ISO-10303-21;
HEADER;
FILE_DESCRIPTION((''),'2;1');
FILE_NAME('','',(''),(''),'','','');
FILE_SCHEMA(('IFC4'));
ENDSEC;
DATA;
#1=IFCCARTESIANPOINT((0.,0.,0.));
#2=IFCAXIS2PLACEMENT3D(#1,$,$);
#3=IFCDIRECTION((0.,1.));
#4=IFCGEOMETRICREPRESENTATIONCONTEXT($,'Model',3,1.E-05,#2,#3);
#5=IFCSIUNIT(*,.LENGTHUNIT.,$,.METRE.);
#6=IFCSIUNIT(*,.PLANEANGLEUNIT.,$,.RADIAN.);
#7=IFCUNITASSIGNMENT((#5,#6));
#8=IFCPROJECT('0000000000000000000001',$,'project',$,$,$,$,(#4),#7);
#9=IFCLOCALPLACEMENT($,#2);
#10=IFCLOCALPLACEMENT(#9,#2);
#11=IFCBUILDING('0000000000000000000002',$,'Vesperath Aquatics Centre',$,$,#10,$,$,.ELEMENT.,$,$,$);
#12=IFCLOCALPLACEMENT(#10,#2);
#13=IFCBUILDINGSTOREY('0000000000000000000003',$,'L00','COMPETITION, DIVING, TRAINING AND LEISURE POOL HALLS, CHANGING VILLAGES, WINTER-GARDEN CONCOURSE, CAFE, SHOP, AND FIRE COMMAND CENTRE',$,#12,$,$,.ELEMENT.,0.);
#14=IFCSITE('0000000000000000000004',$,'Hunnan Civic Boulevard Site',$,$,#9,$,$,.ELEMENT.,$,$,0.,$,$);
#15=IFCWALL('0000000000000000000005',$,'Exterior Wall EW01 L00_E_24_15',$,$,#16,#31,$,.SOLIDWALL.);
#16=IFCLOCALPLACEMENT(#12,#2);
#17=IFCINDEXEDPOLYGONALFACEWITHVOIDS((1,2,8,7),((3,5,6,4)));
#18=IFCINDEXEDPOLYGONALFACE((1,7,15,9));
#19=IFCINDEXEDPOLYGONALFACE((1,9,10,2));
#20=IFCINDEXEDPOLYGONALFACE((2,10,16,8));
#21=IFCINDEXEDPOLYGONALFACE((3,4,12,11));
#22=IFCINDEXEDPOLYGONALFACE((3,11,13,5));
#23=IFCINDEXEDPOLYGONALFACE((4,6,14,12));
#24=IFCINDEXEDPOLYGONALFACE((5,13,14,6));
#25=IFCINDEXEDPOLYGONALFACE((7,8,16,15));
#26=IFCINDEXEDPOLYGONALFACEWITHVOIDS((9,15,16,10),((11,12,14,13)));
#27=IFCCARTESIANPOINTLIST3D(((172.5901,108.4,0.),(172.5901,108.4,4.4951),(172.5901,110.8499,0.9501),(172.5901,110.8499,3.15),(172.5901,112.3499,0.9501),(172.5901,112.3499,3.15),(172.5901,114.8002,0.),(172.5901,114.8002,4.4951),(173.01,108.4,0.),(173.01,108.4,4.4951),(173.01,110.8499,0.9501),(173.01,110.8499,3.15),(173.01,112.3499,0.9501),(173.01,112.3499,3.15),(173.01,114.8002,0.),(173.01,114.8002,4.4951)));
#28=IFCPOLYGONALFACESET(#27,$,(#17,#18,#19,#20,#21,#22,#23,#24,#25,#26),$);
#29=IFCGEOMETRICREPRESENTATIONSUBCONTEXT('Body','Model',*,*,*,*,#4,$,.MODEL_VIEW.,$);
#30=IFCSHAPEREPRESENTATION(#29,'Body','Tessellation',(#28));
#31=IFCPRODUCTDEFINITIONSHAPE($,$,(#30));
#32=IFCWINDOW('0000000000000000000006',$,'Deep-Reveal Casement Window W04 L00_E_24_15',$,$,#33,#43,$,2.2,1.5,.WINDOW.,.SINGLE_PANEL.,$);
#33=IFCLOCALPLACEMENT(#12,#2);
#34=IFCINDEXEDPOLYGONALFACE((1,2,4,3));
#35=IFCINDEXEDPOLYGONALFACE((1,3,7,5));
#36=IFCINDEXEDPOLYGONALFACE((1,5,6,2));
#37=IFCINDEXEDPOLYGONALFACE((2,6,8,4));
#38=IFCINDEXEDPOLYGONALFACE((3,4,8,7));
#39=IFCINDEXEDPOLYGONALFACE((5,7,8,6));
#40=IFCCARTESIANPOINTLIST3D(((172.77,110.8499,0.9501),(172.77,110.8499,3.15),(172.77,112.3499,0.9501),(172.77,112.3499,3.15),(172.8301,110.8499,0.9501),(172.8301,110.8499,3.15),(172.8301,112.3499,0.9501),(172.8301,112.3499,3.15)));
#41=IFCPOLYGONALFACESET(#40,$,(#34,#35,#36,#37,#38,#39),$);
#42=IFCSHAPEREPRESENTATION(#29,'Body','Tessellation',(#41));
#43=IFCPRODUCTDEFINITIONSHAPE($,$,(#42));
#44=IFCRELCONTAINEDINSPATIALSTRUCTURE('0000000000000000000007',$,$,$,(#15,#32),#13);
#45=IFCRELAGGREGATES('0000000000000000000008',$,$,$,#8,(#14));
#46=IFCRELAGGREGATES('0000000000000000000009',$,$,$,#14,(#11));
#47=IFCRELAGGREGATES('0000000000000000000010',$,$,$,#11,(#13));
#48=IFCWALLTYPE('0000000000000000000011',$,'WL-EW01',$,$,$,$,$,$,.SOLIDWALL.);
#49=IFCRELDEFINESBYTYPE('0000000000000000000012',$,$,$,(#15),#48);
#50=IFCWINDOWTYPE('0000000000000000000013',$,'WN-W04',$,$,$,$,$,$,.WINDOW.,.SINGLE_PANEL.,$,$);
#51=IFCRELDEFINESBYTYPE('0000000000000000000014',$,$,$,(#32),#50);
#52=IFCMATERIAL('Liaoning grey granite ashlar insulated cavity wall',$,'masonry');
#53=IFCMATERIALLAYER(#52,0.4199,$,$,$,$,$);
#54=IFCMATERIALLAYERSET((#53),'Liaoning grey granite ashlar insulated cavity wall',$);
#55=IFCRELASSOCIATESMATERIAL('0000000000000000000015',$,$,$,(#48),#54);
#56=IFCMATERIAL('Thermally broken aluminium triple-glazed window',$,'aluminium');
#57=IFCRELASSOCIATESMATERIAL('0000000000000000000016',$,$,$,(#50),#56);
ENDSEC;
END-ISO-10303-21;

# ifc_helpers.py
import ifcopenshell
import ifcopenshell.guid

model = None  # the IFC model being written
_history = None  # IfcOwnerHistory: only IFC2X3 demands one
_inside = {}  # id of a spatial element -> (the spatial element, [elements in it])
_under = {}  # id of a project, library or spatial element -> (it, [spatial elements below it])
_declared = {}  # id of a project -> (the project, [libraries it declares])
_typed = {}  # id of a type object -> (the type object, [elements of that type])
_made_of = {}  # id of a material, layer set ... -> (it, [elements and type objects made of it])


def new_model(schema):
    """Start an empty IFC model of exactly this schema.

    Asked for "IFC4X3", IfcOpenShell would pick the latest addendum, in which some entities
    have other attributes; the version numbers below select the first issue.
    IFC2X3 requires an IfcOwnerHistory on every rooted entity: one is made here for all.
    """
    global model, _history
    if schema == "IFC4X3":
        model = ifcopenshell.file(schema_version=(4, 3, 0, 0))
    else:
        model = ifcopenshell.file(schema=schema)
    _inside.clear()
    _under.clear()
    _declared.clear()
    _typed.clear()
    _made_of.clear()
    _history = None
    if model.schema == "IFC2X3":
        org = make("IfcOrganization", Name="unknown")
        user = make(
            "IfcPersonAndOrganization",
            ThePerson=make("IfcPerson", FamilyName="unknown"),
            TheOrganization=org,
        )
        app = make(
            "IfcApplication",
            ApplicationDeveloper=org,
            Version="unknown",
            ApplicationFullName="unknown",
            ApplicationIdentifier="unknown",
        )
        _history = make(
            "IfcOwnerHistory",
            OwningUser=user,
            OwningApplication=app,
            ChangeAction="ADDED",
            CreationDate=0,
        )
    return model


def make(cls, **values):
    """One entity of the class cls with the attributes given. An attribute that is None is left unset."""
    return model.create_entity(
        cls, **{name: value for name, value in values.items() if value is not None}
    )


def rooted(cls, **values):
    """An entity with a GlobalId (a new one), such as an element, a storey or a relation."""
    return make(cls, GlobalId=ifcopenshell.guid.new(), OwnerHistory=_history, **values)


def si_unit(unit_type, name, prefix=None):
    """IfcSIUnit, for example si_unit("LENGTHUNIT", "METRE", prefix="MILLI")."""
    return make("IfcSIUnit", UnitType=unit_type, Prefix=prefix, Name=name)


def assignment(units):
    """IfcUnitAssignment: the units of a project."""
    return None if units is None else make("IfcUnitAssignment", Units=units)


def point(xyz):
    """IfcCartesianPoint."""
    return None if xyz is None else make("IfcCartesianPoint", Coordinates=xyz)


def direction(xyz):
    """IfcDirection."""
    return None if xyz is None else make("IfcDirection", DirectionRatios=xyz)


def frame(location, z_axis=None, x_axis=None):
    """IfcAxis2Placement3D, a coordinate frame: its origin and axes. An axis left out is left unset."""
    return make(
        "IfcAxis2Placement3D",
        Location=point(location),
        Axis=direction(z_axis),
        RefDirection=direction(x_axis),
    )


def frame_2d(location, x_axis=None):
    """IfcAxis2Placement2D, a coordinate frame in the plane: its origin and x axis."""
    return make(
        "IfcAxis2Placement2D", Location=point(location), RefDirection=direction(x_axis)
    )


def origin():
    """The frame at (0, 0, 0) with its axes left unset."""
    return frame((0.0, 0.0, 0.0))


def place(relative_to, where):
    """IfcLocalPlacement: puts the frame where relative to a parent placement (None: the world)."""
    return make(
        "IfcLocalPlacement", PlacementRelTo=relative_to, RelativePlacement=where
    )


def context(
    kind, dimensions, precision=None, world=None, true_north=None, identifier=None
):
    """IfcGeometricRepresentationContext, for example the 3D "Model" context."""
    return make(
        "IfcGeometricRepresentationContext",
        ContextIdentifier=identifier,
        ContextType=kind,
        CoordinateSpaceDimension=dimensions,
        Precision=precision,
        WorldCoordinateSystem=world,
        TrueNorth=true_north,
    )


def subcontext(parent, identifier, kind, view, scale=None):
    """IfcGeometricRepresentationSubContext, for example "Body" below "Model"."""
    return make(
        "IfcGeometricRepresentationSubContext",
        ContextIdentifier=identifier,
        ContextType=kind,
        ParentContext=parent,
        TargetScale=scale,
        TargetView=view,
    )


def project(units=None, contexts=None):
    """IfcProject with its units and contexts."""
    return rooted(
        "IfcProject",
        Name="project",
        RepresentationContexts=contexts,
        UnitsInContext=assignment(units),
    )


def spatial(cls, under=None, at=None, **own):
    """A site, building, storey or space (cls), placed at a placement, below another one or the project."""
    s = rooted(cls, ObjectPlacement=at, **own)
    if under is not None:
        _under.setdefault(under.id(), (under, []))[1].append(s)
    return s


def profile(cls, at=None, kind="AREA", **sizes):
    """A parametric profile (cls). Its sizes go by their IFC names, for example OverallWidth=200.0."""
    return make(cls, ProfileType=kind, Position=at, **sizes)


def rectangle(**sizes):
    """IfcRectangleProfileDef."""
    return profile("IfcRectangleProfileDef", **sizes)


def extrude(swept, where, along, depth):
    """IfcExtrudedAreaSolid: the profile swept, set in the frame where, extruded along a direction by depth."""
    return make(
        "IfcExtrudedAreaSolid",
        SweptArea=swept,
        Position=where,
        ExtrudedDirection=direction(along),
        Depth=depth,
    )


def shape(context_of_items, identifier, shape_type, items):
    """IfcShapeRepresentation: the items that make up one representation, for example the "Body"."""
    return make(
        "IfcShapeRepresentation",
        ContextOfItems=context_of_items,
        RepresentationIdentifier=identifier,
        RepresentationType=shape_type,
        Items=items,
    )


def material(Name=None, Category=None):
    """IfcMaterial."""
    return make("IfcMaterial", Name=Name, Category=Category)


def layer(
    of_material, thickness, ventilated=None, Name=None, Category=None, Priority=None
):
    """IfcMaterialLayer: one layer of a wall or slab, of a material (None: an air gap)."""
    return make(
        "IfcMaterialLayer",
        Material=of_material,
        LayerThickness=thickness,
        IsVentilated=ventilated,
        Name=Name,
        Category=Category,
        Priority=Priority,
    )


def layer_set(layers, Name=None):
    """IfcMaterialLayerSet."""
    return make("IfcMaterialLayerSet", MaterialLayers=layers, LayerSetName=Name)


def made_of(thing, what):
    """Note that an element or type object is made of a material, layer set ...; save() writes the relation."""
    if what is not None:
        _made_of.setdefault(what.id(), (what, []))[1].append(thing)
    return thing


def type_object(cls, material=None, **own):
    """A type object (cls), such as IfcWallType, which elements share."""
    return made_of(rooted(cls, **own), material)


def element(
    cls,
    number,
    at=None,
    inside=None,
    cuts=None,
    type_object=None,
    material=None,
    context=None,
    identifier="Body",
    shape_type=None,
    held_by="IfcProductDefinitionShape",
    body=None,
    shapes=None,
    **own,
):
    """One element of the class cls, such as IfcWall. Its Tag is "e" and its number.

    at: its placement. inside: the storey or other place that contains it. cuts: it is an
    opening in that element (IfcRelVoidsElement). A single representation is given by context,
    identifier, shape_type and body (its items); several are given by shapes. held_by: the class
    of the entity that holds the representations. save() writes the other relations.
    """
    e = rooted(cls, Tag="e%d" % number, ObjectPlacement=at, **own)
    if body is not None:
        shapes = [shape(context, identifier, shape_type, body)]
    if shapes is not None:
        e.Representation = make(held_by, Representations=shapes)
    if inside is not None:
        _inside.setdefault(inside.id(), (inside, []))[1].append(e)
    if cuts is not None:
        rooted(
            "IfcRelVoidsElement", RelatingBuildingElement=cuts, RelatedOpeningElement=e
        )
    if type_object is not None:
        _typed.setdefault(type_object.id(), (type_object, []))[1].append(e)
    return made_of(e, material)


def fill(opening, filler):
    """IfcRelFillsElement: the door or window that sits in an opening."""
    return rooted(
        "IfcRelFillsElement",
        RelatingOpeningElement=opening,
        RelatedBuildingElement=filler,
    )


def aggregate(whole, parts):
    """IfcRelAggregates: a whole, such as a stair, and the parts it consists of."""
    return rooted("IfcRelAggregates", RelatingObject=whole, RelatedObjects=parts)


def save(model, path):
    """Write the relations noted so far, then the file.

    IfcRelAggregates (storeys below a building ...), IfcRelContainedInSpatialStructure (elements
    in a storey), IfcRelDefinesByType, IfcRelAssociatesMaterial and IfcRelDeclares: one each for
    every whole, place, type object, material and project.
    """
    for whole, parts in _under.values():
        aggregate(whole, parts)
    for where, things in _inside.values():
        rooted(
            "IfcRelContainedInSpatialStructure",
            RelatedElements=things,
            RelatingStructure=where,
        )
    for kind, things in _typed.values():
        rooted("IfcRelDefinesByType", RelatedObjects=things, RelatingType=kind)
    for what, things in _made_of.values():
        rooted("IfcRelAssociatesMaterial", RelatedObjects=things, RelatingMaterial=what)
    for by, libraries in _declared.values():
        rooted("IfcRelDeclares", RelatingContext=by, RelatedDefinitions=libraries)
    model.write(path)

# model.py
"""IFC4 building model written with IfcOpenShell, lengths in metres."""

from ifc_helpers import new_model, si_unit, direction, frame, frame_2d, origin, place, context, subcontext, project, spatial, rectangle, extrude, material, layer, layer_set, type_object, element, fill, save


model = new_model("IFC4")

# Units and contexts
model_context = context("Model", 3, precision=1e-05, world=origin(), true_north=direction((0.0, 1.0)))
body_context = subcontext(model_context, "Body", "Model", "MODEL_VIEW")
ifc_project = project(units=[si_unit("LENGTHUNIT", "METRE"), si_unit("PLANEANGLEUNIT", "RADIAN")], contexts=[model_context])

# Site, building, storey
site_placement = place(None, origin())
site = spatial("IfcSite", under=ifc_project, at=site_placement, Name="Hunnan Civic Boulevard Site", CompositionType="ELEMENT", RefElevation=0.0)
building_placement = place(site_placement, origin())
building = spatial("IfcBuilding", under=site, at=building_placement, Name="Vesperath Aquatics Centre", CompositionType="ELEMENT")
storey_placement = place(building_placement, origin())
storey = spatial("IfcBuildingStorey", under=building, at=storey_placement, Name="L00", Description="COMPETITION, DIVING, TRAINING AND LEISURE POOL HALLS, CHANGING VILLAGES, WINTER-GARDEN CONCOURSE, CAFE, SHOP, AND FIRE COMMAND CENTRE", CompositionType="ELEMENT", Elevation=0.0)

# Wall, opening, window
ifc_material_1 = material(Name="Liaoning grey granite ashlar insulated cavity wall", Category="masonry")
ifc_layer = layer(ifc_material_1, 0.4199)
ifc_layer_set = layer_set([ifc_layer], Name="Liaoning grey granite ashlar insulated cavity wall")
wall_type = type_object("IfcWallType", Name="WL-EW01", PredefinedType="SOLIDWALL", material=ifc_layer_set)
ifc_material_2 = material(Name="Thermally broken aluminium triple-glazed window", Category="aluminium")
wall_1_placement = place(storey_placement, frame((172.8, 108.3999, 0.0), z_axis=(0.0, 0.0, 1.0), x_axis=(0.0, 1.0, 0.0)))
wall_1 = element("IfcWall", 1, at=wall_1_placement, inside=storey, type_object=wall_type, Name="Exterior Wall EW01 L00_E_24_15", PredefinedType="SOLIDWALL", context=body_context, shape_type="SweptSolid", body=[
    extrude(rectangle(XDim=6.4001, YDim=0.4199, at=frame_2d((3.2002, 0.0))), origin(), (0.0, 0.0, 1.0), 4.4951),
])
opening_1_placement = place(wall_1_placement, frame((2.45, 0.0, 0.95)))
opening_1 = element("IfcOpeningElement", 2, at=opening_1_placement, cuts=wall_1, PredefinedType="OPENING", context=body_context, shape_type="SweptSolid", body=[
    extrude(rectangle(XDim=1.5, YDim=2.2, at=frame_2d((0.75, 1.1001))), frame((0.0, 0.2249, 0.0), z_axis=(0.0, -1.0, 0.0), x_axis=(1.0, 0.0, 0.0)), (0.0, 0.0, 1.0), 0.4497),
])
window_type_1 = type_object("IfcWindowType", Name="WN-W04", PartitioningType="SINGLE_PANEL", PredefinedType="WINDOW", material=ifc_material_2)
window_1_placement = place(opening_1_placement, origin())
window_1 = element("IfcWindow", 3, at=window_1_placement, inside=storey, type_object=window_type_1, Name="Deep-Reveal Casement Window W04 L00_E_24_15", OverallHeight=2.2, OverallWidth=1.5, PartitioningType="SINGLE_PANEL", PredefinedType="WINDOW", context=body_context, shape_type="SweptSolid", body=[
    extrude(rectangle(XDim=1.5, YDim=2.2, at=frame_2d((0.75, 1.1001))), frame((0.0, 0.03, 0.0), z_axis=(0.0, -1.0, 0.0), x_axis=(1.0, 0.0, 0.0)), (0.0, 0.0, 1.0), 0.0601),
])
fill(opening_1, window_1)

save(model, "model.ifc")
